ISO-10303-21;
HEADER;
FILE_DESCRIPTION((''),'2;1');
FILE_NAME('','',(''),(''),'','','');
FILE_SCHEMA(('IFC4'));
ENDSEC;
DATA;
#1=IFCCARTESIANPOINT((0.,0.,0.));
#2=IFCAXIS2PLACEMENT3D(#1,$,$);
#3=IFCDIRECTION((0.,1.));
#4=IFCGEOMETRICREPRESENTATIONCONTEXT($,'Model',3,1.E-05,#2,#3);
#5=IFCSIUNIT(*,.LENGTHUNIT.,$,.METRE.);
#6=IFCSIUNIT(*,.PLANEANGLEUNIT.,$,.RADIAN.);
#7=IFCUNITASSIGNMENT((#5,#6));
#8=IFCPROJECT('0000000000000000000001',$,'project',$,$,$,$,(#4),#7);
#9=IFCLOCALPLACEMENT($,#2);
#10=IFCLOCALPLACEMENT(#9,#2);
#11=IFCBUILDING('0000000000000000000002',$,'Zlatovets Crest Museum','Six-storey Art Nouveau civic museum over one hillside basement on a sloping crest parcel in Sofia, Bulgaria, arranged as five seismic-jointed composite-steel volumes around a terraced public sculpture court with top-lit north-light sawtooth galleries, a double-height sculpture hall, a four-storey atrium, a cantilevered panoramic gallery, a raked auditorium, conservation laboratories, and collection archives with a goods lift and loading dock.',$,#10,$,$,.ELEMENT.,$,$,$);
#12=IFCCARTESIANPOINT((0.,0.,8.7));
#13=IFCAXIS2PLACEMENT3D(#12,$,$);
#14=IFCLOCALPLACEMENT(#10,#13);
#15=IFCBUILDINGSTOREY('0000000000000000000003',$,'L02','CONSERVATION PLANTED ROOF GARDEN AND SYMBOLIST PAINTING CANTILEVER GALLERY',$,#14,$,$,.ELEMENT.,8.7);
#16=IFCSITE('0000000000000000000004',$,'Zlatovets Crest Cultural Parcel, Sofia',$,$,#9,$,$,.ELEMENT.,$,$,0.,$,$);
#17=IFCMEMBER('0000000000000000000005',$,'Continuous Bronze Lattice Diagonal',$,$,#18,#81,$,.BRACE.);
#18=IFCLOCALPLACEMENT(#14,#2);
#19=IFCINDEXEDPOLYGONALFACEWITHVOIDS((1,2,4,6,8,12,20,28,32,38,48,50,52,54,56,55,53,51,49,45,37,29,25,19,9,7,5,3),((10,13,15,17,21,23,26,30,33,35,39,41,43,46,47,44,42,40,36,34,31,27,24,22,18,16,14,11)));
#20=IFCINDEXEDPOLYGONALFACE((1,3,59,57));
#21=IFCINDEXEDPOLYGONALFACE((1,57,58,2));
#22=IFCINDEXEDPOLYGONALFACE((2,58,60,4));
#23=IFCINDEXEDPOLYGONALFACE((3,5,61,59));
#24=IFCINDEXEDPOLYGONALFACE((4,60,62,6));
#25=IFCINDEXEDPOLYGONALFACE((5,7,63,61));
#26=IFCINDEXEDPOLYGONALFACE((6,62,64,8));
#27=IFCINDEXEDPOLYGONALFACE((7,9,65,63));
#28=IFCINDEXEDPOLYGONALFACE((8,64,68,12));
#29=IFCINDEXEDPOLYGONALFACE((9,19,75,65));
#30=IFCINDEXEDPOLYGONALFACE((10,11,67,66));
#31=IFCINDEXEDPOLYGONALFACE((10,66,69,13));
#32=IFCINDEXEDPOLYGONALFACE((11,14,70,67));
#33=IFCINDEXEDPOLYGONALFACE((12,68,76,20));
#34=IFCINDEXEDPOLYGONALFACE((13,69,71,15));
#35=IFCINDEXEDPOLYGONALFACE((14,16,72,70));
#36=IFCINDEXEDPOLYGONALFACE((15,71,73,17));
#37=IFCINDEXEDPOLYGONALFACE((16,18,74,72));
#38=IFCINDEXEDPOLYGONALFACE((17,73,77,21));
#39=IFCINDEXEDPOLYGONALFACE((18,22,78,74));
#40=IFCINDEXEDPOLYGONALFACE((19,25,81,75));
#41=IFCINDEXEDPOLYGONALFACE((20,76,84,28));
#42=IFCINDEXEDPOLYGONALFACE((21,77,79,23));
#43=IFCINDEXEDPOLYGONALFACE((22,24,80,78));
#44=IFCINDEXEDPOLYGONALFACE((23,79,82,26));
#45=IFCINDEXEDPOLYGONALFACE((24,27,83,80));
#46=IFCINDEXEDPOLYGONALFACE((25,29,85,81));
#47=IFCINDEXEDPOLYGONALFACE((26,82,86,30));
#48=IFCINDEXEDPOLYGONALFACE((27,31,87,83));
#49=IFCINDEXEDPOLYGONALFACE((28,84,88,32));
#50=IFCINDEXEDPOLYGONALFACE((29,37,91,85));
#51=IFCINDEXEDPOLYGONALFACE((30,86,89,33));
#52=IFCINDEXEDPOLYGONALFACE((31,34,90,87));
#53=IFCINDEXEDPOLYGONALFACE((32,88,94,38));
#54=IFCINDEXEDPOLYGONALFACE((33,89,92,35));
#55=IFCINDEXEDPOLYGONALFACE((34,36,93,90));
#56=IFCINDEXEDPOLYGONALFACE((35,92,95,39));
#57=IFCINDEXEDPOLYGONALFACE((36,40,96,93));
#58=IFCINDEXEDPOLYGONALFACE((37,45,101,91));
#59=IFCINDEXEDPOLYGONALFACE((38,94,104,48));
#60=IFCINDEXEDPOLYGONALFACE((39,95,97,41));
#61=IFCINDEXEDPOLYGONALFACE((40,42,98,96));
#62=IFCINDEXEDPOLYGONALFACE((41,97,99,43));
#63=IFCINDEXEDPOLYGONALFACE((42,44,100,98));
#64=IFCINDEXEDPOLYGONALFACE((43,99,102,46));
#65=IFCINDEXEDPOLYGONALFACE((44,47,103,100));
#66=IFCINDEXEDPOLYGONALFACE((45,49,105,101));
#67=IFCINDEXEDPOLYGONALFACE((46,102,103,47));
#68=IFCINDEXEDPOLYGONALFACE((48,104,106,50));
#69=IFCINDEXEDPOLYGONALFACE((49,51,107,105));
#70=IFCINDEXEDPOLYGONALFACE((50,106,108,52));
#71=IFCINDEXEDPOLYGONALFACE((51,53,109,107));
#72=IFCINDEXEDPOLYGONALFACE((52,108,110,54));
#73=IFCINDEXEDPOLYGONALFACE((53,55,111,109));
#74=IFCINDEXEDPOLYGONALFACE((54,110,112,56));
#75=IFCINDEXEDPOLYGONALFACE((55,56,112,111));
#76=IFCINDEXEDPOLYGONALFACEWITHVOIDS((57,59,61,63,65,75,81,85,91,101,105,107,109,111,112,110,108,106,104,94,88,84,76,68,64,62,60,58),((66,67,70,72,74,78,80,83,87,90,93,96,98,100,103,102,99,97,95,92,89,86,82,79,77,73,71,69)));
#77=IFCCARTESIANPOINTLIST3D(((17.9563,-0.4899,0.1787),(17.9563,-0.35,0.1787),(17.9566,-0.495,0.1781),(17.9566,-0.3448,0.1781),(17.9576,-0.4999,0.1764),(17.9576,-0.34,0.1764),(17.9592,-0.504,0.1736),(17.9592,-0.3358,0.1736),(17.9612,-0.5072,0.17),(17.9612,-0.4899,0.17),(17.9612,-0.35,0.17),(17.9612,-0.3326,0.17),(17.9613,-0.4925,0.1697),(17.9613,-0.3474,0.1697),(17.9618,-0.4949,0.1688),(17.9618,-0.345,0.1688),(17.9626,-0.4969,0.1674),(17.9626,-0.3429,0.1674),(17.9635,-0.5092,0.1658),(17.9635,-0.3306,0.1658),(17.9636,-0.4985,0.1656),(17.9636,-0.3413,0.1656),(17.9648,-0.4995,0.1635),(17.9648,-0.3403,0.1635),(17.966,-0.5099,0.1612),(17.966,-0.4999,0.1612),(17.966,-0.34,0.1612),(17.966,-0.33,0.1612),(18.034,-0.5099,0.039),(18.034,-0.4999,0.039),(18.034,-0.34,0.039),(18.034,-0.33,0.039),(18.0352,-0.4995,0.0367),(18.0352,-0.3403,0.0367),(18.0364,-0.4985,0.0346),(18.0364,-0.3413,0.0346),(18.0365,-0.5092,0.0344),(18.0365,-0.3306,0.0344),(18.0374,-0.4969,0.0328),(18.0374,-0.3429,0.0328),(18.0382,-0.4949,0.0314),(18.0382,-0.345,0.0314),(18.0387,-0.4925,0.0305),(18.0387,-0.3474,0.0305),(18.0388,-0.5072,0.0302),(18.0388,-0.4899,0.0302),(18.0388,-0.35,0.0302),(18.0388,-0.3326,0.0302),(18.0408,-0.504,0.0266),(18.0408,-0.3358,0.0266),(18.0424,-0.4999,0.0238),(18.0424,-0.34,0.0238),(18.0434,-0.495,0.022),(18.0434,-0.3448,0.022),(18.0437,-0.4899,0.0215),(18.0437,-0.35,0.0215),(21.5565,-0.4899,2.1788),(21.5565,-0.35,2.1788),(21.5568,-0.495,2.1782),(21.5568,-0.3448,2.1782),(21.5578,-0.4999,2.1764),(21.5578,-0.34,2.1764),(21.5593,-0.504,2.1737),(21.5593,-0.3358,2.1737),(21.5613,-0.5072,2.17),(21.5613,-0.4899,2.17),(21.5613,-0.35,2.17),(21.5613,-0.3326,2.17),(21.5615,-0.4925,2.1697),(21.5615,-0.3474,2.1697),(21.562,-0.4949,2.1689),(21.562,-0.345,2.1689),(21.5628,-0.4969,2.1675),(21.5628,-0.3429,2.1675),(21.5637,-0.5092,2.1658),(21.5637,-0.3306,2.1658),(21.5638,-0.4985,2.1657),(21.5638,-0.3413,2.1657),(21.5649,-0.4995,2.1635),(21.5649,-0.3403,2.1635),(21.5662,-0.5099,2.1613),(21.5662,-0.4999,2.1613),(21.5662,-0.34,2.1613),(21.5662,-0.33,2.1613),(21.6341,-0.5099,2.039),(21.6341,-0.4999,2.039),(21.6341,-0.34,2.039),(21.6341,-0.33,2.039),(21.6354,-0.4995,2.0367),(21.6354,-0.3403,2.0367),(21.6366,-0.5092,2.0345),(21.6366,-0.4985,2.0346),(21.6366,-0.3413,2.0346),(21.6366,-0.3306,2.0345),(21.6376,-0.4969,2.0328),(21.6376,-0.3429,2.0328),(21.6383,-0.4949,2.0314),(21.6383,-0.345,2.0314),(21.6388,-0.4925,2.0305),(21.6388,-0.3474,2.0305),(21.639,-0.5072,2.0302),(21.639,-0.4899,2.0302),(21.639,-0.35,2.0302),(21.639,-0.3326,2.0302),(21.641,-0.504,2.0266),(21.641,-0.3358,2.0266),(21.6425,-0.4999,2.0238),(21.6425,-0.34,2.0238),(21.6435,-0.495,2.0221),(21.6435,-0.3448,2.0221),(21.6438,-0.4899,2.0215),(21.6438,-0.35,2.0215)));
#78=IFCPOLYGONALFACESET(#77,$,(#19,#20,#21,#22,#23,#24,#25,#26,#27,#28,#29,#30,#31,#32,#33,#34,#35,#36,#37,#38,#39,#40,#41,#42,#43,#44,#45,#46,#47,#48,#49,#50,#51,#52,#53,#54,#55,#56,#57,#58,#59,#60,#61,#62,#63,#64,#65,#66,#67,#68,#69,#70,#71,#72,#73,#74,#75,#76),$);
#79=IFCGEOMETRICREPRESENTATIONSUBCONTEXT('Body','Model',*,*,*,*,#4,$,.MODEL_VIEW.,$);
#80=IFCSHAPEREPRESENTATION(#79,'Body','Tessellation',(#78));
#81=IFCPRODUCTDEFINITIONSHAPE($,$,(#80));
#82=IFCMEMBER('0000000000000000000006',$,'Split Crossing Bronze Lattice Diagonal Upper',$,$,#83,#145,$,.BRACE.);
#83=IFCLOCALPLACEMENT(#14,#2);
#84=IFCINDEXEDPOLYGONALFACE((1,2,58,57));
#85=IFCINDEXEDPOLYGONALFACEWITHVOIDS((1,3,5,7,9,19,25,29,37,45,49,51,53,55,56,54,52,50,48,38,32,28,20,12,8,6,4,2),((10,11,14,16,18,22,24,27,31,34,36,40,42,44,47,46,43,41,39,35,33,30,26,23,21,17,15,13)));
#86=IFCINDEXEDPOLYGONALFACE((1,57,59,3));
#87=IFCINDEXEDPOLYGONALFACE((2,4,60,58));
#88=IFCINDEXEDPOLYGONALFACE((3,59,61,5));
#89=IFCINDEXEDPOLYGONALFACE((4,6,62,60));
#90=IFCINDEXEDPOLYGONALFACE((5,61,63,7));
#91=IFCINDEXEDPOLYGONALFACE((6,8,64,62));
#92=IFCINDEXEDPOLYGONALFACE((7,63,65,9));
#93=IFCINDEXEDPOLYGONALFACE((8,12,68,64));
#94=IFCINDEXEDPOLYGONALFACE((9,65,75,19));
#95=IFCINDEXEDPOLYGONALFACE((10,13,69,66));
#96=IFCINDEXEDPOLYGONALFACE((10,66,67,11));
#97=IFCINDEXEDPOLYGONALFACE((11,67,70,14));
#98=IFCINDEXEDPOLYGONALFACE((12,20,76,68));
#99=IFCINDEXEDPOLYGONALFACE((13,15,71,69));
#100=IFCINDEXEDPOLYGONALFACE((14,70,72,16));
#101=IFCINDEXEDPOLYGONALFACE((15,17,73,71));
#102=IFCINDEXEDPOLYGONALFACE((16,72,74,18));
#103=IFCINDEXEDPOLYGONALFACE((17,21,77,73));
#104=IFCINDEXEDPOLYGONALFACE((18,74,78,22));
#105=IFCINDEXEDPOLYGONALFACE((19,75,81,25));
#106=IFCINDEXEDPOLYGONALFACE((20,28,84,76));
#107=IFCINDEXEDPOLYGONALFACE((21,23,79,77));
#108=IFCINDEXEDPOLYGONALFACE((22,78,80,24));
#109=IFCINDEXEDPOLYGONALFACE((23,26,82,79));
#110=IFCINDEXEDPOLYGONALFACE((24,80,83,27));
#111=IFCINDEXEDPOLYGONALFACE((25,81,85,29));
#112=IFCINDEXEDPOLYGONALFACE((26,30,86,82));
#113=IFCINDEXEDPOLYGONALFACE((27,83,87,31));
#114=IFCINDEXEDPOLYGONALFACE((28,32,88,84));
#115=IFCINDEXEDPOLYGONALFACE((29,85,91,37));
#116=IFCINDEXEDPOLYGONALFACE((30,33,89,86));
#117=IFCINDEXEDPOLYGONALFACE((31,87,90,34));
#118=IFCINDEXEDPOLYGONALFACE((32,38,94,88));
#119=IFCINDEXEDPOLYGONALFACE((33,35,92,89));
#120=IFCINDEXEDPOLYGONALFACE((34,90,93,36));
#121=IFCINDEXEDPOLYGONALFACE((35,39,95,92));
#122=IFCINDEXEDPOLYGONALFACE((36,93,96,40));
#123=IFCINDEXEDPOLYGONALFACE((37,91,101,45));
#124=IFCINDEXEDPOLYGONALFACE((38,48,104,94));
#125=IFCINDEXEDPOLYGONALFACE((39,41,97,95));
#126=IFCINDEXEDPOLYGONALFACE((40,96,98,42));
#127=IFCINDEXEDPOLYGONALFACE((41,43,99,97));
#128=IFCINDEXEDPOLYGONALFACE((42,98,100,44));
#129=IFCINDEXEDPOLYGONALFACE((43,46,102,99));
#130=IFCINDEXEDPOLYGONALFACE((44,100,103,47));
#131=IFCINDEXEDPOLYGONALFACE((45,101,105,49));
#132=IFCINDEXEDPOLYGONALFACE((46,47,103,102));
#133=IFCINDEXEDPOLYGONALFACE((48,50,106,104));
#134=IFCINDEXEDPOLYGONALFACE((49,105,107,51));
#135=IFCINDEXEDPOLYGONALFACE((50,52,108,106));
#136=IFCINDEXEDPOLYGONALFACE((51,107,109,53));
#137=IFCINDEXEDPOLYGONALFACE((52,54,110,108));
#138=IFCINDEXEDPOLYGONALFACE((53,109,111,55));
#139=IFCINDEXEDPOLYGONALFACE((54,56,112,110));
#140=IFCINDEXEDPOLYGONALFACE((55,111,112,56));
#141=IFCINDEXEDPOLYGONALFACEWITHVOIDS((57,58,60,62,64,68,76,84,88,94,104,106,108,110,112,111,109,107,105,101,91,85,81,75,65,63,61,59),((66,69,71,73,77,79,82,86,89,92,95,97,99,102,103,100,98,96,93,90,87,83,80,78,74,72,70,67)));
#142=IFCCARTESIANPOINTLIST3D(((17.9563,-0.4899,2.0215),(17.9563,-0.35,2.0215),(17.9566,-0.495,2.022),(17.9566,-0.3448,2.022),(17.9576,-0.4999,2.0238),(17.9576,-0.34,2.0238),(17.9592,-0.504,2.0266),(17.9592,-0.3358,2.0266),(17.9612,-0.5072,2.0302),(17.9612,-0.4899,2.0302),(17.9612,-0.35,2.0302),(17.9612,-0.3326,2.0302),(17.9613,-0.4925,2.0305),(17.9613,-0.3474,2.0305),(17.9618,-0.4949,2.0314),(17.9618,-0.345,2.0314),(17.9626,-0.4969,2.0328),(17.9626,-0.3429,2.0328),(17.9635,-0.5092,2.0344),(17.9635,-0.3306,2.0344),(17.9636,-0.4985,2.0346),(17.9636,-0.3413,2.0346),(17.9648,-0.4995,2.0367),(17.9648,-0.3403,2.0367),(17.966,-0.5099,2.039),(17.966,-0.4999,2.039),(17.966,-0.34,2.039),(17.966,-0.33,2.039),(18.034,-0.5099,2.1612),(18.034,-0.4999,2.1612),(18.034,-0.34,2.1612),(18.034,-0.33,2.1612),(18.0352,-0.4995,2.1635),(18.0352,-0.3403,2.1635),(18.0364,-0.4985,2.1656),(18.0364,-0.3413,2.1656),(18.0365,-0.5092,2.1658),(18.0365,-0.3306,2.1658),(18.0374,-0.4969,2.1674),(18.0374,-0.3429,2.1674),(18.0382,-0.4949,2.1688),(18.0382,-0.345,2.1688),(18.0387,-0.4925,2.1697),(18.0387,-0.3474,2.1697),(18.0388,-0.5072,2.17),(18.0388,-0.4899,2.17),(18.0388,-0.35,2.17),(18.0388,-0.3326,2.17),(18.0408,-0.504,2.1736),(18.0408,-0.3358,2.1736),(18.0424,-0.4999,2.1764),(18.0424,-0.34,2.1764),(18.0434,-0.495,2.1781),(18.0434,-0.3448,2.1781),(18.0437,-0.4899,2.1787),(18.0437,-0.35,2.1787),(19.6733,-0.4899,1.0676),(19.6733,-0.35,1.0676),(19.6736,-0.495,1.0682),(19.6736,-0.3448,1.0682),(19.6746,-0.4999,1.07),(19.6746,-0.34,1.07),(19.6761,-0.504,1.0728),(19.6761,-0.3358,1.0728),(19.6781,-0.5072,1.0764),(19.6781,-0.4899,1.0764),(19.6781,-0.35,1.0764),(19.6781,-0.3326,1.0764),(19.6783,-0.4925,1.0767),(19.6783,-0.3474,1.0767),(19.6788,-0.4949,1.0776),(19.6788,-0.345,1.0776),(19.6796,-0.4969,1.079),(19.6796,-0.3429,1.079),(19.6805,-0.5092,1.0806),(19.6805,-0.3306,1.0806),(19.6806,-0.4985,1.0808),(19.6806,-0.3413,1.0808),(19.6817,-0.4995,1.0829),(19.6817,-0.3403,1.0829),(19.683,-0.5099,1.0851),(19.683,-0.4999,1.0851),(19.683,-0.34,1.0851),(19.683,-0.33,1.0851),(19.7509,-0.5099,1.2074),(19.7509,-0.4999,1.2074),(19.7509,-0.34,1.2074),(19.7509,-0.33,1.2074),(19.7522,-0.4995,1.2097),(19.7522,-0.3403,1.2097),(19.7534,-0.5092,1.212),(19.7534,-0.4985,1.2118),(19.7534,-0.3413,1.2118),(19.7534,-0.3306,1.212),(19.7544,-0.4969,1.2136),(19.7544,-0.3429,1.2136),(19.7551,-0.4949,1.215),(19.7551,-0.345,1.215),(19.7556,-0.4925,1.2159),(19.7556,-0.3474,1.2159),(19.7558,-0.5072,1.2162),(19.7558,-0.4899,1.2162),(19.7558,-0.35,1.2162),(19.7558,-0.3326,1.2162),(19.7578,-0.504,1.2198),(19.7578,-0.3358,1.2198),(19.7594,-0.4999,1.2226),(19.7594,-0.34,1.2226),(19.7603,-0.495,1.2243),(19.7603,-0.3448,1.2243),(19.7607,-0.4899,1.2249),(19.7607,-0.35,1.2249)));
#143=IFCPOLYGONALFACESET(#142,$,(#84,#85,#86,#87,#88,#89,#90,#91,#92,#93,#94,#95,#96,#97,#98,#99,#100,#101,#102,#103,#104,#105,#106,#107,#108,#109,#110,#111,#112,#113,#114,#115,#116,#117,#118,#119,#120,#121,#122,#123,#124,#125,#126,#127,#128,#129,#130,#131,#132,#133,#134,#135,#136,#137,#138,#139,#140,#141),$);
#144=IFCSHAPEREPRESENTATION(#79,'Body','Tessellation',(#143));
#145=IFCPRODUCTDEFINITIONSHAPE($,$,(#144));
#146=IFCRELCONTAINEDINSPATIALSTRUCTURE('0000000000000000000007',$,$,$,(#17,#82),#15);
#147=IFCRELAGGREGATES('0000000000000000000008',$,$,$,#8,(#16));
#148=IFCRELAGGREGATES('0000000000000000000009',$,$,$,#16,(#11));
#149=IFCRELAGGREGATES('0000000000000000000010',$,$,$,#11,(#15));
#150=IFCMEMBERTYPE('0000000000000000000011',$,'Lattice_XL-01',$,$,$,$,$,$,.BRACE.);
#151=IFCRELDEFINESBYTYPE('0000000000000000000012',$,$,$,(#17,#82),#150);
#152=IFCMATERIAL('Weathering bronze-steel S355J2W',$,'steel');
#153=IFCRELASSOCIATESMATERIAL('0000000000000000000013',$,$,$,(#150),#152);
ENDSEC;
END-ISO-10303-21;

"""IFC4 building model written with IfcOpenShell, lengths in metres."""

from ifc_helpers import new_model, si_unit, direction, frame, origin, origin_2d, place, context, subcontext, project, spatial, hollow_rectangle, extrude, material, material_profile, profile_set, type_object, element, save


model = new_model("IFC4")

# Units and contexts
model_context = context("Model", 3, precision=1e-05, world=origin(), true_north=direction((0.0, 1.0)))
body_context = subcontext(model_context, "Body", "Model", "MODEL_VIEW")
ifc_project = project(units=[si_unit("LENGTHUNIT", "METRE"), si_unit("PLANEANGLEUNIT", "RADIAN")], contexts=[model_context])

# Site, building, storey
site_placement = place(None, origin())
site = spatial("IfcSite", under=ifc_project, at=site_placement, Name="Zlatovets Crest Cultural Parcel, Sofia", CompositionType="ELEMENT", RefElevation=0.0)
building_placement = place(site_placement, origin())
building = spatial("IfcBuilding", under=site, at=building_placement, Name="Zlatovets Crest Museum", Description="Six-storey Art Nouveau civic museum over one hillside basement on a sloping crest parcel in Sofia, Bulgaria, arranged as five seismic-jointed composite-steel volumes around a terraced public sculpture court with top-lit north-light sawtooth galleries, a double-height sculpture hall, a four-storey atrium, a cantilevered panoramic gallery, a raked auditorium, conservation laboratories, and collection archives with a goods lift and loading dock.", CompositionType="ELEMENT")
storey_placement = place(building_placement, frame((0.0, 0.0, 8.7)))
storey = spatial("IfcBuildingStorey", under=building, at=storey_placement, Name="L02", Description="CONSERVATION PLANTED ROOF GARDEN AND SYMBOLIST PAINTING CANTILEVER GALLERY", CompositionType="ELEMENT", Elevation=8.7)

# Members
ifc_material_1 = material(Name="Weathering bronze-steel S355J2W", Category="steel")
ifc_material_profile_1 = material_profile(ifc_material_1, hollow_rectangle(XDim=0.1799, YDim=0.1799, WallThickness=0.01, InnerFilletRadius=0.01, OuterFilletRadius=0.02, at=origin_2d()), Name="SHS 180x180x10.0")
ifc_profile_set_1 = profile_set([ifc_material_profile_1], Name="Weathering bronze-steel S355J2W")
member_type_1 = type_object("IfcMemberType", Name="Lattice_XL-01", PredefinedType="BRACE", material=ifc_profile_set_1)
member_1_placement = place(storey_placement, frame((18.0, -0.4199, 0.1001), z_axis=(0.874163, 0.0, 0.485633), x_axis=(0.0, 1.0, 0.0)))
element("IfcMember", 1, at=member_1_placement, inside=storey, type_object=member_type_1, Name="Continuous Bronze Lattice Diagonal", PredefinedType="BRACE", context=body_context, shape_type="SweptSolid", body=[
    extrude(hollow_rectangle(XDim=0.1799, YDim=0.1799, WallThickness=0.01, InnerFilletRadius=0.01, OuterFilletRadius=0.02, at=origin_2d()), origin(), (0.0, 0.0, 1.0), 4.1184),
])
for number, where, z_axis, x_axis, name in (
    (2, (18.0, -0.4199, 2.1001), (0.874169, 0.0, -0.485622), (0.0, 1.0, 0.0), "Split Crossing Bronze Lattice Diagonal Upper"),
):
    element("IfcMember", number, at=place(storey_placement, frame(where, z_axis=z_axis, x_axis=x_axis)), inside=storey, type_object=member_type_1, Name=name, PredefinedType="BRACE", context=body_context, shape_type="SweptSolid", body=[
        extrude(hollow_rectangle(XDim=0.1799, YDim=0.1799, WallThickness=0.01, InnerFilletRadius=0.01, OuterFilletRadius=0.02, at=origin_2d()), origin(), (0.0, 0.0, 1.0), 1.9641),
    ])

save(model, "model.ifc")
